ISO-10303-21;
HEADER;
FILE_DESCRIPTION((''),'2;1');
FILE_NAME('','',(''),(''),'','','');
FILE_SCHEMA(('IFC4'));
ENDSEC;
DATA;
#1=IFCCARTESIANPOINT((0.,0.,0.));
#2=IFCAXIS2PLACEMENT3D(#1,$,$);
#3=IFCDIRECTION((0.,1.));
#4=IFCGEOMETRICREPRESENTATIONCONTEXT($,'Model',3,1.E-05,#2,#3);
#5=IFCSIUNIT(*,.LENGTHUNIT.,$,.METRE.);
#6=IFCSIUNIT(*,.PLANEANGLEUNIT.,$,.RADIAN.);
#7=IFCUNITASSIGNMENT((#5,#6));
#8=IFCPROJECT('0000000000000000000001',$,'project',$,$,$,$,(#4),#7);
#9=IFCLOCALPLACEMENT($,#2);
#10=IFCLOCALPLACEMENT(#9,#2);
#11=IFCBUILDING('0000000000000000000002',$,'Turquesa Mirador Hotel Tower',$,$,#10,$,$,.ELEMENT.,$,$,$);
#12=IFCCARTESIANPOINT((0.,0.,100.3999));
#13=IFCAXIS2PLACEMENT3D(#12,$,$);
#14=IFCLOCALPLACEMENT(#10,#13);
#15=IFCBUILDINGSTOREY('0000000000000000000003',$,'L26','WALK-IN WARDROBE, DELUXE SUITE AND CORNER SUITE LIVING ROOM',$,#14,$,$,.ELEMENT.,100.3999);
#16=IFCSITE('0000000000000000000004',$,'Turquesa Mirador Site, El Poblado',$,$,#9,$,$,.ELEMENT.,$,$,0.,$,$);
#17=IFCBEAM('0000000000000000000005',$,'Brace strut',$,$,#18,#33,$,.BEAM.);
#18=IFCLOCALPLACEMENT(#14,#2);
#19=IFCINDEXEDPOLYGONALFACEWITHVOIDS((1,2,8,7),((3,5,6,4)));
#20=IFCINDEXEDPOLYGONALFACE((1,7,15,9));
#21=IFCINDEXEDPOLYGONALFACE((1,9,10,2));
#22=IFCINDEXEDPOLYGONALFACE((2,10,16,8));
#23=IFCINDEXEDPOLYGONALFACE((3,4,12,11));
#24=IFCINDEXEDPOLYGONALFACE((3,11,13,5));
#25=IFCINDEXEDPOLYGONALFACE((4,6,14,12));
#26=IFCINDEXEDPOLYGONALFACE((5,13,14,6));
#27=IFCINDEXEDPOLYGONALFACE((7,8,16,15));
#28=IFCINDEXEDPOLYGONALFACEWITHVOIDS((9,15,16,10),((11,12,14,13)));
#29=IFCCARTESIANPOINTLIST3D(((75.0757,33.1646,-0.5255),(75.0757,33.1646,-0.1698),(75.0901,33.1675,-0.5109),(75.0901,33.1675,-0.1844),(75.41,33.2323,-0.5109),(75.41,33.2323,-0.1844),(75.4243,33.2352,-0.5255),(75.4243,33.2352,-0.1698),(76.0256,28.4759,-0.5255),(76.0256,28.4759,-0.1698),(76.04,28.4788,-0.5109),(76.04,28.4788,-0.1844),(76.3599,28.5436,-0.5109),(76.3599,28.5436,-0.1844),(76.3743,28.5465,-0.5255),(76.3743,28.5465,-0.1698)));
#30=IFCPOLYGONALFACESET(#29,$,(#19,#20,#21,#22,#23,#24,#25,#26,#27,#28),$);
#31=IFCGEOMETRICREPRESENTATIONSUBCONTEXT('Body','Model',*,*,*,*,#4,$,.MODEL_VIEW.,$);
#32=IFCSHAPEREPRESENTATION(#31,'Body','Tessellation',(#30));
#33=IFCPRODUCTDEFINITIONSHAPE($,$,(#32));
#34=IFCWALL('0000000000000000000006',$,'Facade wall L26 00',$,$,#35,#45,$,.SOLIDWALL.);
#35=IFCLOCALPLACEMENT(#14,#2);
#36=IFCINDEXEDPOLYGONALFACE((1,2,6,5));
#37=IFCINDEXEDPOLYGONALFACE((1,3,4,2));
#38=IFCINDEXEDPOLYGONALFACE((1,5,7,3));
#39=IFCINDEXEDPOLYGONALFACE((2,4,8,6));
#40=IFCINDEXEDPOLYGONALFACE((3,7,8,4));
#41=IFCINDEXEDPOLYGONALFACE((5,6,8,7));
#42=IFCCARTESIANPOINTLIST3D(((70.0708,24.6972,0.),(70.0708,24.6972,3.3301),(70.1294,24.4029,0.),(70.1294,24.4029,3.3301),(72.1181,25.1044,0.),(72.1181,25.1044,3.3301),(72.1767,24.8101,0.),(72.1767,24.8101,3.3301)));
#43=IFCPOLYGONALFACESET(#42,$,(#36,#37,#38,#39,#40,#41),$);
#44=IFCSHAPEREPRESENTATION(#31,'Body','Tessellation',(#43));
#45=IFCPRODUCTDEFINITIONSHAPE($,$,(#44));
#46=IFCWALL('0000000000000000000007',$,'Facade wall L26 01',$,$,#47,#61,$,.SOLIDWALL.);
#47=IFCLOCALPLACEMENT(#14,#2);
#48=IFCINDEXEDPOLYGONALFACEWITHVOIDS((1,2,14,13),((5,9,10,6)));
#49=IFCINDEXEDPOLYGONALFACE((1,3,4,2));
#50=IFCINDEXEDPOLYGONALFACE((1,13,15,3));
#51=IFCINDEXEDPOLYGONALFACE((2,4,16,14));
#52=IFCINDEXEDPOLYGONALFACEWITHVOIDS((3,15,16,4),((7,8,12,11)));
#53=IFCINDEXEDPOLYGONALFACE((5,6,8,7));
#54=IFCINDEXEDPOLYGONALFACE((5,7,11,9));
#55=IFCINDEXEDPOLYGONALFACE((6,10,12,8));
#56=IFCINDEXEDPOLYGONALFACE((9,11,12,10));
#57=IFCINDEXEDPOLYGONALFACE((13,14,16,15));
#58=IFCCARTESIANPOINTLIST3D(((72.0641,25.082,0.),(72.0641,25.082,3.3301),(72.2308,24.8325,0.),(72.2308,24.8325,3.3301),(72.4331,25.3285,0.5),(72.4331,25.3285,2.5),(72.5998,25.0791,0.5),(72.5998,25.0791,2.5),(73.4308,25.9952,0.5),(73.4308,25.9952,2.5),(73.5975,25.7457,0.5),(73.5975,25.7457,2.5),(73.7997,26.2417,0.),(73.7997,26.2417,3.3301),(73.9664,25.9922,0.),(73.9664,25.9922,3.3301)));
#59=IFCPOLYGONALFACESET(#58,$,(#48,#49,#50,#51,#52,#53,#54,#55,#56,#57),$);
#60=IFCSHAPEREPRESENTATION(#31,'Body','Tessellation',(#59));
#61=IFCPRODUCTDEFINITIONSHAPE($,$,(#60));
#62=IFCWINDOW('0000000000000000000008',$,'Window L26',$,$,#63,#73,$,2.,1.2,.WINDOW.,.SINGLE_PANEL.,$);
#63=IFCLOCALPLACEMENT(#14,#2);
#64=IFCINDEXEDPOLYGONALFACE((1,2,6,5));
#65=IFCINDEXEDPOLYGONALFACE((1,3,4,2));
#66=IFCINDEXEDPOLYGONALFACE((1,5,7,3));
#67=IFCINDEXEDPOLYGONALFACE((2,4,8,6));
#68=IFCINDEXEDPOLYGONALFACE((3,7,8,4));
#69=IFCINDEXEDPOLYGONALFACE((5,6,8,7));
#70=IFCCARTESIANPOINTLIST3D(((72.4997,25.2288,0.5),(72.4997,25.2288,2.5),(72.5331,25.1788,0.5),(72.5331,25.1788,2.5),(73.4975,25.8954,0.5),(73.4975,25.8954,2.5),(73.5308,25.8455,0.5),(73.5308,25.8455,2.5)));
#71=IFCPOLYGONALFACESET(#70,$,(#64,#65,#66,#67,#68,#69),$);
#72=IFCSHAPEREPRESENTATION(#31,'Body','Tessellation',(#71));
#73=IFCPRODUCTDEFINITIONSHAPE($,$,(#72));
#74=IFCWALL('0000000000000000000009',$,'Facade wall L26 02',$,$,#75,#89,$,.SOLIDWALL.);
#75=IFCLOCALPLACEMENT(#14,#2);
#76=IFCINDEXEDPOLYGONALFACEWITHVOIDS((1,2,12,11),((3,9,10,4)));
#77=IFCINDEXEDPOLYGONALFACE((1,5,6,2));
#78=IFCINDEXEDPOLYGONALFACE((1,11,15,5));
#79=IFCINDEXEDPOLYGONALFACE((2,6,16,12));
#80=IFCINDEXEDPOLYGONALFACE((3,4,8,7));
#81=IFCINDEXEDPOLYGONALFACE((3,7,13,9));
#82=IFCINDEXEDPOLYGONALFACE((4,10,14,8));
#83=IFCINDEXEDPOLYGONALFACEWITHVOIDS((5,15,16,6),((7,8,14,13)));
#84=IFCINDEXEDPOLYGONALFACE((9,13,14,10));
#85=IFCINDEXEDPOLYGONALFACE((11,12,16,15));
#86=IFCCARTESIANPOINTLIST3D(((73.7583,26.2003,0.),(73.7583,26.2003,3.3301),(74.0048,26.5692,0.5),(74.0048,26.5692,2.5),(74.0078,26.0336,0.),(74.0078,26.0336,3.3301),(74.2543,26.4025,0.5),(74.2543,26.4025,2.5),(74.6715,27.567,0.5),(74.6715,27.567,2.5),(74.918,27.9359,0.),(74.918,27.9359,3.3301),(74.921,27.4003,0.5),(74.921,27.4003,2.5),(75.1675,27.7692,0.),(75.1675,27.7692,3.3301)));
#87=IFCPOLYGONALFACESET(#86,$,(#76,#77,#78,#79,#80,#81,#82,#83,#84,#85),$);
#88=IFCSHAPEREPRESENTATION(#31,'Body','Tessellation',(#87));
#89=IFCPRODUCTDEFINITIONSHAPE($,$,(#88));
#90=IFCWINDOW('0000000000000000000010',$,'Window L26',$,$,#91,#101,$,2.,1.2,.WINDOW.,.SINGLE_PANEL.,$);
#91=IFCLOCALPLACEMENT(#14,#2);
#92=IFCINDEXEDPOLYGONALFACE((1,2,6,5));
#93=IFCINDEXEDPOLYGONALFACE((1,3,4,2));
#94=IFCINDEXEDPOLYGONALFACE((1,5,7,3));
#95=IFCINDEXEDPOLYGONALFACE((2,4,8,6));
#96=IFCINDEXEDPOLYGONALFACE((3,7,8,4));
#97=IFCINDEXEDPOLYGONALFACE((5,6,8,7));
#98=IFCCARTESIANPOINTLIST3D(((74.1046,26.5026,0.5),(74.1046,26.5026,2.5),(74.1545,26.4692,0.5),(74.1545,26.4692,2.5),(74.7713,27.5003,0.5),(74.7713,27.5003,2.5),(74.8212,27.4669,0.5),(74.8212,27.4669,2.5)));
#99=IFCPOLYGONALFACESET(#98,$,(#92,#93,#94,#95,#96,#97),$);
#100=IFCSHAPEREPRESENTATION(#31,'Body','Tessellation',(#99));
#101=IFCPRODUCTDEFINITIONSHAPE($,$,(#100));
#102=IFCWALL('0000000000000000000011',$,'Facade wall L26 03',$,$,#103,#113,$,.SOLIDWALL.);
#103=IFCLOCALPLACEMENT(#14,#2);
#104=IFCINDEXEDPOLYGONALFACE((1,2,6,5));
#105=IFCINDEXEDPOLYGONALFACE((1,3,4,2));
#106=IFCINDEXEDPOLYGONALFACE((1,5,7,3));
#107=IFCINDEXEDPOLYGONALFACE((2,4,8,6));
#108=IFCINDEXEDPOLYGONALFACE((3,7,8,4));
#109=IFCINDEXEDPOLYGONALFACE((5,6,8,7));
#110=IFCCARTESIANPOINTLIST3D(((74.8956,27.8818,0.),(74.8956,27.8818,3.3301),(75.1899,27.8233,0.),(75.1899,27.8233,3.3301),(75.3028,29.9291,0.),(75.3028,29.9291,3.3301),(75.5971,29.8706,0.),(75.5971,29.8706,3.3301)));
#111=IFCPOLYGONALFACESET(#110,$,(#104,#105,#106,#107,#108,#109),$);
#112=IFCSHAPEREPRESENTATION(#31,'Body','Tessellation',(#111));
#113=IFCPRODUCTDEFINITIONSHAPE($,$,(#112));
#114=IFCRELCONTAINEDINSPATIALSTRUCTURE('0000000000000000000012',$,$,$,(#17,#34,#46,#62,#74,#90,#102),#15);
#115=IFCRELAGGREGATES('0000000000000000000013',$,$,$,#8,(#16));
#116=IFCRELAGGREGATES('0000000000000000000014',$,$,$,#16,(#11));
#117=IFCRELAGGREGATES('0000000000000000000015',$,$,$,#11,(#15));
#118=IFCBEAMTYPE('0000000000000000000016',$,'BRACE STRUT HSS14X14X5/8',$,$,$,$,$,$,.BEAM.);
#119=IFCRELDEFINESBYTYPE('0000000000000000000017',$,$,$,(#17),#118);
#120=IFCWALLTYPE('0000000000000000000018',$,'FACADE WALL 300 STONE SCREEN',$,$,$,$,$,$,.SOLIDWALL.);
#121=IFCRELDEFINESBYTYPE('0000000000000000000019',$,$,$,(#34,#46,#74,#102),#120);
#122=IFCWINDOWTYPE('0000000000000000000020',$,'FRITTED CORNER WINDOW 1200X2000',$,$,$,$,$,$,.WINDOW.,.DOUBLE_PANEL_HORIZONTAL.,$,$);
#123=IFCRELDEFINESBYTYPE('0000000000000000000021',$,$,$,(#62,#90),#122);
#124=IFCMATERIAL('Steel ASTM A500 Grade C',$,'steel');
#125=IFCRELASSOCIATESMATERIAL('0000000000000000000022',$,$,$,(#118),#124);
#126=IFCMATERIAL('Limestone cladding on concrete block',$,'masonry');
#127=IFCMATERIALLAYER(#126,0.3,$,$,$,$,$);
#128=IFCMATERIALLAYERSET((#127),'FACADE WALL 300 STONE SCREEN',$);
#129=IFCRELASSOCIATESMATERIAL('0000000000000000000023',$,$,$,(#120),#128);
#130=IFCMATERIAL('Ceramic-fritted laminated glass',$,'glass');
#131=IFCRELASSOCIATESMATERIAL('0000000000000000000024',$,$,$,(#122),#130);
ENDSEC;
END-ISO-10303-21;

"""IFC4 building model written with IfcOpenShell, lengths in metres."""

from ifc_helpers import new_model, si_unit, direction, frame, frame_2d, origin, origin_2d, place, context, subcontext, project, spatial, rectangle, hollow_rectangle, extrude, material, layer, layer_set, material_profile, profile_set, type_object, element, fill, save


model = new_model("IFC4")

# Units and contexts
model_context = context("Model", 3, precision=1e-05, world=origin(), true_north=direction((0.0, 1.0)))
body_context = subcontext(model_context, "Body", "Model", "MODEL_VIEW")
ifc_project = project(units=[si_unit("LENGTHUNIT", "METRE"), si_unit("PLANEANGLEUNIT", "RADIAN")], contexts=[model_context])

# Site, building, storey
site_placement = place(None, origin())
site = spatial("IfcSite", under=ifc_project, at=site_placement, Name="Turquesa Mirador Site, El Poblado", CompositionType="ELEMENT", RefElevation=0.0)
building_placement = place(site_placement, origin())
building = spatial("IfcBuilding", under=site, at=building_placement, Name="Turquesa Mirador Hotel Tower", CompositionType="ELEMENT")
storey_placement = place(building_placement, frame((0.0, 0.0, 100.3999)))
storey = spatial("IfcBuildingStorey", under=building, at=storey_placement, Name="L26", Description="WALK-IN WARDROBE, DELUXE SUITE AND CORNER SUITE LIVING ROOM", CompositionType="ELEMENT", Elevation=100.3999)

# Beam
ifc_material_1 = material(Name="Steel ASTM A500 Grade C", Category="steel")
ifc_material_profile_1 = material_profile(ifc_material_1, hollow_rectangle(XDim=0.3557, YDim=0.3557, WallThickness=0.0146, at=origin_2d()), Name="HSS14X14X5/8")
ifc_profile_set_1 = profile_set([ifc_material_profile_1], Name="Steel ASTM A500 Grade C")
beam_type_1 = type_object("IfcBeamType", Name="BRACE STRUT HSS14X14X5/8", PredefinedType="BEAM", material=ifc_profile_set_1)
for number, where, z_axis, x_axis, name in (
    (1, (76.2, 28.5112, -0.3477), (-0.198569, 0.980087, 0.0), (-0.980087, -0.198569, 0.0), "Brace strut"),
):
    element("IfcBeam", number, at=place(storey_placement, frame(where, z_axis=z_axis, x_axis=x_axis)), inside=storey, type_object=beam_type_1, Name=name, PredefinedType="BEAM", context=body_context, shape_type="SweptSolid", body=[
        extrude(hollow_rectangle(XDim=0.3557, YDim=0.3557, WallThickness=0.0146, at=origin_2d()), origin(), (0.0, 0.0, 1.0), 4.7839),
    ])

# Wall
ifc_material_2 = material(Name="Limestone cladding on concrete block", Category="masonry")
ifc_layer_1 = layer(ifc_material_2, 0.3)
ifc_layer_set_1 = layer_set([ifc_layer_1], Name="FACADE WALL 300 STONE SCREEN")
wall_type_1 = type_object("IfcWallType", Name="FACADE WALL 300 STONE SCREEN", PredefinedType="SOLIDWALL", material=ifc_layer_set_1)
wall_1_placement = place(storey_placement, frame((70.1001, 24.55, 0.0), z_axis=(0.0, 0.0, 1.0), x_axis=(0.980787, 0.195081, 0.0)))
element("IfcWall", 2, at=wall_1_placement, inside=storey, type_object=wall_type_1, Name="Facade wall L26 00", PredefinedType="SOLIDWALL", context=body_context, shape_type="SweptSolid", body=[
    extrude(rectangle(XDim=2.0874, YDim=0.3, at=frame_2d((1.0437, 0.0))), origin(), (0.0, 0.0, 1.0), 3.3301),
])

# Walls, openings, windows
wall_2_placement = place(storey_placement, frame((72.1475, 24.9573, 0.0), z_axis=(0.0, 0.0, 1.0), x_axis=(0.831474, 0.555564, 0.0)))
wall_2 = element("IfcWall", 3, at=wall_2_placement, inside=storey, type_object=wall_type_1, Name="Facade wall L26 01", PredefinedType="SOLIDWALL", context=body_context, shape_type="SweptSolid", body=[
    extrude(rectangle(XDim=2.0874, YDim=0.3, at=frame_2d((1.0437, 0.0))), origin(), (0.0, 0.0, 1.0), 3.3301),
])
opening_1_placement = place(wall_2_placement, frame((0.4436, 0.0, 0.5)))
opening_1 = element("IfcOpeningElement", 4, at=opening_1_placement, cuts=wall_2, PredefinedType="OPENING", context=body_context, shape_type="SweptSolid", body=[
    extrude(rectangle(XDim=1.2, YDim=2.0, at=frame_2d((0.6001, 1.0))), frame((0.0, 0.1599, 0.0), z_axis=(0.0, -1.0, 0.0), x_axis=(1.0, 0.0, 0.0)), (0.0, 0.0, 1.0), 0.3201),
])
ifc_material_3 = material(Name="Ceramic-fritted laminated glass", Category="glass")
window_type_1 = type_object("IfcWindowType", Name="FRITTED CORNER WINDOW 1200X2000", PartitioningType="DOUBLE_PANEL_HORIZONTAL", PredefinedType="WINDOW", material=ifc_material_3)
window_1_placement = place(opening_1_placement, origin())
window_1 = element("IfcWindow", 5, at=window_1_placement, inside=storey, type_object=window_type_1, Name="Window L26", OverallHeight=2.0, OverallWidth=1.2, PartitioningType="SINGLE_PANEL", PredefinedType="WINDOW", context=body_context, shape_type="SweptSolid", body=[
    extrude(rectangle(XDim=1.2, YDim=2.0, at=frame_2d((0.6001, 1.0))), frame((0.0, 0.03, 0.0), z_axis=(0.0, -1.0, 0.0), x_axis=(1.0, 0.0, 0.0)), (0.0, 0.0, 1.0), 0.0601),
])
fill(opening_1, window_1)
wall_3_placement = place(storey_placement, frame((73.8831, 26.1169, 0.0), z_axis=(0.0, 0.0, 1.0), x_axis=(0.555564, 0.831474, 0.0)))
wall_3 = element("IfcWall", 6, at=wall_3_placement, inside=storey, type_object=wall_type_1, Name="Facade wall L26 02", PredefinedType="SOLIDWALL", context=body_context, shape_type="SweptSolid", body=[
    extrude(rectangle(XDim=2.0874, YDim=0.3, at=frame_2d((1.0437, 0.0))), origin(), (0.0, 0.0, 1.0), 3.3301),
])
opening_2_placement = place(wall_3_placement, frame((0.4436, 0.0, 0.5)))
opening_2 = element("IfcOpeningElement", 7, at=opening_2_placement, cuts=wall_3, PredefinedType="OPENING", context=body_context, shape_type="SweptSolid", body=[
    extrude(rectangle(XDim=1.2, YDim=2.0, at=frame_2d((0.6001, 1.0))), frame((0.0, 0.1599, 0.0), z_axis=(0.0, -1.0, 0.0), x_axis=(1.0, 0.0, 0.0)), (0.0, 0.0, 1.0), 0.3201),
])
window_2_placement = place(opening_2_placement, origin())
window_2 = element("IfcWindow", 8, at=window_2_placement, inside=storey, type_object=window_type_1, Name="Window L26", OverallHeight=2.0, OverallWidth=1.2, PartitioningType="SINGLE_PANEL", PredefinedType="WINDOW", context=body_context, shape_type="SweptSolid", body=[
    extrude(rectangle(XDim=1.2, YDim=2.0, at=frame_2d((0.6001, 1.0))), frame((0.0, 0.03, 0.0), z_axis=(0.0, -1.0, 0.0), x_axis=(1.0, 0.0, 0.0)), (0.0, 0.0, 1.0), 0.0601),
])
fill(opening_2, window_2)

# Wall
wall_4_placement = place(storey_placement, frame((75.0427, 27.8525, 0.0), z_axis=(0.0, 0.0, 1.0), x_axis=(0.195081, 0.980787, 0.0)))
element("IfcWall", 9, at=wall_4_placement, inside=storey, type_object=wall_type_1, Name="Facade wall L26 03", PredefinedType="SOLIDWALL", context=body_context, shape_type="SweptSolid", body=[
    extrude(rectangle(XDim=2.0874, YDim=0.3, at=frame_2d((1.0437, 0.0))), origin(), (0.0, 0.0, 1.0), 3.3301),
])

save(model, "model.ifc")
